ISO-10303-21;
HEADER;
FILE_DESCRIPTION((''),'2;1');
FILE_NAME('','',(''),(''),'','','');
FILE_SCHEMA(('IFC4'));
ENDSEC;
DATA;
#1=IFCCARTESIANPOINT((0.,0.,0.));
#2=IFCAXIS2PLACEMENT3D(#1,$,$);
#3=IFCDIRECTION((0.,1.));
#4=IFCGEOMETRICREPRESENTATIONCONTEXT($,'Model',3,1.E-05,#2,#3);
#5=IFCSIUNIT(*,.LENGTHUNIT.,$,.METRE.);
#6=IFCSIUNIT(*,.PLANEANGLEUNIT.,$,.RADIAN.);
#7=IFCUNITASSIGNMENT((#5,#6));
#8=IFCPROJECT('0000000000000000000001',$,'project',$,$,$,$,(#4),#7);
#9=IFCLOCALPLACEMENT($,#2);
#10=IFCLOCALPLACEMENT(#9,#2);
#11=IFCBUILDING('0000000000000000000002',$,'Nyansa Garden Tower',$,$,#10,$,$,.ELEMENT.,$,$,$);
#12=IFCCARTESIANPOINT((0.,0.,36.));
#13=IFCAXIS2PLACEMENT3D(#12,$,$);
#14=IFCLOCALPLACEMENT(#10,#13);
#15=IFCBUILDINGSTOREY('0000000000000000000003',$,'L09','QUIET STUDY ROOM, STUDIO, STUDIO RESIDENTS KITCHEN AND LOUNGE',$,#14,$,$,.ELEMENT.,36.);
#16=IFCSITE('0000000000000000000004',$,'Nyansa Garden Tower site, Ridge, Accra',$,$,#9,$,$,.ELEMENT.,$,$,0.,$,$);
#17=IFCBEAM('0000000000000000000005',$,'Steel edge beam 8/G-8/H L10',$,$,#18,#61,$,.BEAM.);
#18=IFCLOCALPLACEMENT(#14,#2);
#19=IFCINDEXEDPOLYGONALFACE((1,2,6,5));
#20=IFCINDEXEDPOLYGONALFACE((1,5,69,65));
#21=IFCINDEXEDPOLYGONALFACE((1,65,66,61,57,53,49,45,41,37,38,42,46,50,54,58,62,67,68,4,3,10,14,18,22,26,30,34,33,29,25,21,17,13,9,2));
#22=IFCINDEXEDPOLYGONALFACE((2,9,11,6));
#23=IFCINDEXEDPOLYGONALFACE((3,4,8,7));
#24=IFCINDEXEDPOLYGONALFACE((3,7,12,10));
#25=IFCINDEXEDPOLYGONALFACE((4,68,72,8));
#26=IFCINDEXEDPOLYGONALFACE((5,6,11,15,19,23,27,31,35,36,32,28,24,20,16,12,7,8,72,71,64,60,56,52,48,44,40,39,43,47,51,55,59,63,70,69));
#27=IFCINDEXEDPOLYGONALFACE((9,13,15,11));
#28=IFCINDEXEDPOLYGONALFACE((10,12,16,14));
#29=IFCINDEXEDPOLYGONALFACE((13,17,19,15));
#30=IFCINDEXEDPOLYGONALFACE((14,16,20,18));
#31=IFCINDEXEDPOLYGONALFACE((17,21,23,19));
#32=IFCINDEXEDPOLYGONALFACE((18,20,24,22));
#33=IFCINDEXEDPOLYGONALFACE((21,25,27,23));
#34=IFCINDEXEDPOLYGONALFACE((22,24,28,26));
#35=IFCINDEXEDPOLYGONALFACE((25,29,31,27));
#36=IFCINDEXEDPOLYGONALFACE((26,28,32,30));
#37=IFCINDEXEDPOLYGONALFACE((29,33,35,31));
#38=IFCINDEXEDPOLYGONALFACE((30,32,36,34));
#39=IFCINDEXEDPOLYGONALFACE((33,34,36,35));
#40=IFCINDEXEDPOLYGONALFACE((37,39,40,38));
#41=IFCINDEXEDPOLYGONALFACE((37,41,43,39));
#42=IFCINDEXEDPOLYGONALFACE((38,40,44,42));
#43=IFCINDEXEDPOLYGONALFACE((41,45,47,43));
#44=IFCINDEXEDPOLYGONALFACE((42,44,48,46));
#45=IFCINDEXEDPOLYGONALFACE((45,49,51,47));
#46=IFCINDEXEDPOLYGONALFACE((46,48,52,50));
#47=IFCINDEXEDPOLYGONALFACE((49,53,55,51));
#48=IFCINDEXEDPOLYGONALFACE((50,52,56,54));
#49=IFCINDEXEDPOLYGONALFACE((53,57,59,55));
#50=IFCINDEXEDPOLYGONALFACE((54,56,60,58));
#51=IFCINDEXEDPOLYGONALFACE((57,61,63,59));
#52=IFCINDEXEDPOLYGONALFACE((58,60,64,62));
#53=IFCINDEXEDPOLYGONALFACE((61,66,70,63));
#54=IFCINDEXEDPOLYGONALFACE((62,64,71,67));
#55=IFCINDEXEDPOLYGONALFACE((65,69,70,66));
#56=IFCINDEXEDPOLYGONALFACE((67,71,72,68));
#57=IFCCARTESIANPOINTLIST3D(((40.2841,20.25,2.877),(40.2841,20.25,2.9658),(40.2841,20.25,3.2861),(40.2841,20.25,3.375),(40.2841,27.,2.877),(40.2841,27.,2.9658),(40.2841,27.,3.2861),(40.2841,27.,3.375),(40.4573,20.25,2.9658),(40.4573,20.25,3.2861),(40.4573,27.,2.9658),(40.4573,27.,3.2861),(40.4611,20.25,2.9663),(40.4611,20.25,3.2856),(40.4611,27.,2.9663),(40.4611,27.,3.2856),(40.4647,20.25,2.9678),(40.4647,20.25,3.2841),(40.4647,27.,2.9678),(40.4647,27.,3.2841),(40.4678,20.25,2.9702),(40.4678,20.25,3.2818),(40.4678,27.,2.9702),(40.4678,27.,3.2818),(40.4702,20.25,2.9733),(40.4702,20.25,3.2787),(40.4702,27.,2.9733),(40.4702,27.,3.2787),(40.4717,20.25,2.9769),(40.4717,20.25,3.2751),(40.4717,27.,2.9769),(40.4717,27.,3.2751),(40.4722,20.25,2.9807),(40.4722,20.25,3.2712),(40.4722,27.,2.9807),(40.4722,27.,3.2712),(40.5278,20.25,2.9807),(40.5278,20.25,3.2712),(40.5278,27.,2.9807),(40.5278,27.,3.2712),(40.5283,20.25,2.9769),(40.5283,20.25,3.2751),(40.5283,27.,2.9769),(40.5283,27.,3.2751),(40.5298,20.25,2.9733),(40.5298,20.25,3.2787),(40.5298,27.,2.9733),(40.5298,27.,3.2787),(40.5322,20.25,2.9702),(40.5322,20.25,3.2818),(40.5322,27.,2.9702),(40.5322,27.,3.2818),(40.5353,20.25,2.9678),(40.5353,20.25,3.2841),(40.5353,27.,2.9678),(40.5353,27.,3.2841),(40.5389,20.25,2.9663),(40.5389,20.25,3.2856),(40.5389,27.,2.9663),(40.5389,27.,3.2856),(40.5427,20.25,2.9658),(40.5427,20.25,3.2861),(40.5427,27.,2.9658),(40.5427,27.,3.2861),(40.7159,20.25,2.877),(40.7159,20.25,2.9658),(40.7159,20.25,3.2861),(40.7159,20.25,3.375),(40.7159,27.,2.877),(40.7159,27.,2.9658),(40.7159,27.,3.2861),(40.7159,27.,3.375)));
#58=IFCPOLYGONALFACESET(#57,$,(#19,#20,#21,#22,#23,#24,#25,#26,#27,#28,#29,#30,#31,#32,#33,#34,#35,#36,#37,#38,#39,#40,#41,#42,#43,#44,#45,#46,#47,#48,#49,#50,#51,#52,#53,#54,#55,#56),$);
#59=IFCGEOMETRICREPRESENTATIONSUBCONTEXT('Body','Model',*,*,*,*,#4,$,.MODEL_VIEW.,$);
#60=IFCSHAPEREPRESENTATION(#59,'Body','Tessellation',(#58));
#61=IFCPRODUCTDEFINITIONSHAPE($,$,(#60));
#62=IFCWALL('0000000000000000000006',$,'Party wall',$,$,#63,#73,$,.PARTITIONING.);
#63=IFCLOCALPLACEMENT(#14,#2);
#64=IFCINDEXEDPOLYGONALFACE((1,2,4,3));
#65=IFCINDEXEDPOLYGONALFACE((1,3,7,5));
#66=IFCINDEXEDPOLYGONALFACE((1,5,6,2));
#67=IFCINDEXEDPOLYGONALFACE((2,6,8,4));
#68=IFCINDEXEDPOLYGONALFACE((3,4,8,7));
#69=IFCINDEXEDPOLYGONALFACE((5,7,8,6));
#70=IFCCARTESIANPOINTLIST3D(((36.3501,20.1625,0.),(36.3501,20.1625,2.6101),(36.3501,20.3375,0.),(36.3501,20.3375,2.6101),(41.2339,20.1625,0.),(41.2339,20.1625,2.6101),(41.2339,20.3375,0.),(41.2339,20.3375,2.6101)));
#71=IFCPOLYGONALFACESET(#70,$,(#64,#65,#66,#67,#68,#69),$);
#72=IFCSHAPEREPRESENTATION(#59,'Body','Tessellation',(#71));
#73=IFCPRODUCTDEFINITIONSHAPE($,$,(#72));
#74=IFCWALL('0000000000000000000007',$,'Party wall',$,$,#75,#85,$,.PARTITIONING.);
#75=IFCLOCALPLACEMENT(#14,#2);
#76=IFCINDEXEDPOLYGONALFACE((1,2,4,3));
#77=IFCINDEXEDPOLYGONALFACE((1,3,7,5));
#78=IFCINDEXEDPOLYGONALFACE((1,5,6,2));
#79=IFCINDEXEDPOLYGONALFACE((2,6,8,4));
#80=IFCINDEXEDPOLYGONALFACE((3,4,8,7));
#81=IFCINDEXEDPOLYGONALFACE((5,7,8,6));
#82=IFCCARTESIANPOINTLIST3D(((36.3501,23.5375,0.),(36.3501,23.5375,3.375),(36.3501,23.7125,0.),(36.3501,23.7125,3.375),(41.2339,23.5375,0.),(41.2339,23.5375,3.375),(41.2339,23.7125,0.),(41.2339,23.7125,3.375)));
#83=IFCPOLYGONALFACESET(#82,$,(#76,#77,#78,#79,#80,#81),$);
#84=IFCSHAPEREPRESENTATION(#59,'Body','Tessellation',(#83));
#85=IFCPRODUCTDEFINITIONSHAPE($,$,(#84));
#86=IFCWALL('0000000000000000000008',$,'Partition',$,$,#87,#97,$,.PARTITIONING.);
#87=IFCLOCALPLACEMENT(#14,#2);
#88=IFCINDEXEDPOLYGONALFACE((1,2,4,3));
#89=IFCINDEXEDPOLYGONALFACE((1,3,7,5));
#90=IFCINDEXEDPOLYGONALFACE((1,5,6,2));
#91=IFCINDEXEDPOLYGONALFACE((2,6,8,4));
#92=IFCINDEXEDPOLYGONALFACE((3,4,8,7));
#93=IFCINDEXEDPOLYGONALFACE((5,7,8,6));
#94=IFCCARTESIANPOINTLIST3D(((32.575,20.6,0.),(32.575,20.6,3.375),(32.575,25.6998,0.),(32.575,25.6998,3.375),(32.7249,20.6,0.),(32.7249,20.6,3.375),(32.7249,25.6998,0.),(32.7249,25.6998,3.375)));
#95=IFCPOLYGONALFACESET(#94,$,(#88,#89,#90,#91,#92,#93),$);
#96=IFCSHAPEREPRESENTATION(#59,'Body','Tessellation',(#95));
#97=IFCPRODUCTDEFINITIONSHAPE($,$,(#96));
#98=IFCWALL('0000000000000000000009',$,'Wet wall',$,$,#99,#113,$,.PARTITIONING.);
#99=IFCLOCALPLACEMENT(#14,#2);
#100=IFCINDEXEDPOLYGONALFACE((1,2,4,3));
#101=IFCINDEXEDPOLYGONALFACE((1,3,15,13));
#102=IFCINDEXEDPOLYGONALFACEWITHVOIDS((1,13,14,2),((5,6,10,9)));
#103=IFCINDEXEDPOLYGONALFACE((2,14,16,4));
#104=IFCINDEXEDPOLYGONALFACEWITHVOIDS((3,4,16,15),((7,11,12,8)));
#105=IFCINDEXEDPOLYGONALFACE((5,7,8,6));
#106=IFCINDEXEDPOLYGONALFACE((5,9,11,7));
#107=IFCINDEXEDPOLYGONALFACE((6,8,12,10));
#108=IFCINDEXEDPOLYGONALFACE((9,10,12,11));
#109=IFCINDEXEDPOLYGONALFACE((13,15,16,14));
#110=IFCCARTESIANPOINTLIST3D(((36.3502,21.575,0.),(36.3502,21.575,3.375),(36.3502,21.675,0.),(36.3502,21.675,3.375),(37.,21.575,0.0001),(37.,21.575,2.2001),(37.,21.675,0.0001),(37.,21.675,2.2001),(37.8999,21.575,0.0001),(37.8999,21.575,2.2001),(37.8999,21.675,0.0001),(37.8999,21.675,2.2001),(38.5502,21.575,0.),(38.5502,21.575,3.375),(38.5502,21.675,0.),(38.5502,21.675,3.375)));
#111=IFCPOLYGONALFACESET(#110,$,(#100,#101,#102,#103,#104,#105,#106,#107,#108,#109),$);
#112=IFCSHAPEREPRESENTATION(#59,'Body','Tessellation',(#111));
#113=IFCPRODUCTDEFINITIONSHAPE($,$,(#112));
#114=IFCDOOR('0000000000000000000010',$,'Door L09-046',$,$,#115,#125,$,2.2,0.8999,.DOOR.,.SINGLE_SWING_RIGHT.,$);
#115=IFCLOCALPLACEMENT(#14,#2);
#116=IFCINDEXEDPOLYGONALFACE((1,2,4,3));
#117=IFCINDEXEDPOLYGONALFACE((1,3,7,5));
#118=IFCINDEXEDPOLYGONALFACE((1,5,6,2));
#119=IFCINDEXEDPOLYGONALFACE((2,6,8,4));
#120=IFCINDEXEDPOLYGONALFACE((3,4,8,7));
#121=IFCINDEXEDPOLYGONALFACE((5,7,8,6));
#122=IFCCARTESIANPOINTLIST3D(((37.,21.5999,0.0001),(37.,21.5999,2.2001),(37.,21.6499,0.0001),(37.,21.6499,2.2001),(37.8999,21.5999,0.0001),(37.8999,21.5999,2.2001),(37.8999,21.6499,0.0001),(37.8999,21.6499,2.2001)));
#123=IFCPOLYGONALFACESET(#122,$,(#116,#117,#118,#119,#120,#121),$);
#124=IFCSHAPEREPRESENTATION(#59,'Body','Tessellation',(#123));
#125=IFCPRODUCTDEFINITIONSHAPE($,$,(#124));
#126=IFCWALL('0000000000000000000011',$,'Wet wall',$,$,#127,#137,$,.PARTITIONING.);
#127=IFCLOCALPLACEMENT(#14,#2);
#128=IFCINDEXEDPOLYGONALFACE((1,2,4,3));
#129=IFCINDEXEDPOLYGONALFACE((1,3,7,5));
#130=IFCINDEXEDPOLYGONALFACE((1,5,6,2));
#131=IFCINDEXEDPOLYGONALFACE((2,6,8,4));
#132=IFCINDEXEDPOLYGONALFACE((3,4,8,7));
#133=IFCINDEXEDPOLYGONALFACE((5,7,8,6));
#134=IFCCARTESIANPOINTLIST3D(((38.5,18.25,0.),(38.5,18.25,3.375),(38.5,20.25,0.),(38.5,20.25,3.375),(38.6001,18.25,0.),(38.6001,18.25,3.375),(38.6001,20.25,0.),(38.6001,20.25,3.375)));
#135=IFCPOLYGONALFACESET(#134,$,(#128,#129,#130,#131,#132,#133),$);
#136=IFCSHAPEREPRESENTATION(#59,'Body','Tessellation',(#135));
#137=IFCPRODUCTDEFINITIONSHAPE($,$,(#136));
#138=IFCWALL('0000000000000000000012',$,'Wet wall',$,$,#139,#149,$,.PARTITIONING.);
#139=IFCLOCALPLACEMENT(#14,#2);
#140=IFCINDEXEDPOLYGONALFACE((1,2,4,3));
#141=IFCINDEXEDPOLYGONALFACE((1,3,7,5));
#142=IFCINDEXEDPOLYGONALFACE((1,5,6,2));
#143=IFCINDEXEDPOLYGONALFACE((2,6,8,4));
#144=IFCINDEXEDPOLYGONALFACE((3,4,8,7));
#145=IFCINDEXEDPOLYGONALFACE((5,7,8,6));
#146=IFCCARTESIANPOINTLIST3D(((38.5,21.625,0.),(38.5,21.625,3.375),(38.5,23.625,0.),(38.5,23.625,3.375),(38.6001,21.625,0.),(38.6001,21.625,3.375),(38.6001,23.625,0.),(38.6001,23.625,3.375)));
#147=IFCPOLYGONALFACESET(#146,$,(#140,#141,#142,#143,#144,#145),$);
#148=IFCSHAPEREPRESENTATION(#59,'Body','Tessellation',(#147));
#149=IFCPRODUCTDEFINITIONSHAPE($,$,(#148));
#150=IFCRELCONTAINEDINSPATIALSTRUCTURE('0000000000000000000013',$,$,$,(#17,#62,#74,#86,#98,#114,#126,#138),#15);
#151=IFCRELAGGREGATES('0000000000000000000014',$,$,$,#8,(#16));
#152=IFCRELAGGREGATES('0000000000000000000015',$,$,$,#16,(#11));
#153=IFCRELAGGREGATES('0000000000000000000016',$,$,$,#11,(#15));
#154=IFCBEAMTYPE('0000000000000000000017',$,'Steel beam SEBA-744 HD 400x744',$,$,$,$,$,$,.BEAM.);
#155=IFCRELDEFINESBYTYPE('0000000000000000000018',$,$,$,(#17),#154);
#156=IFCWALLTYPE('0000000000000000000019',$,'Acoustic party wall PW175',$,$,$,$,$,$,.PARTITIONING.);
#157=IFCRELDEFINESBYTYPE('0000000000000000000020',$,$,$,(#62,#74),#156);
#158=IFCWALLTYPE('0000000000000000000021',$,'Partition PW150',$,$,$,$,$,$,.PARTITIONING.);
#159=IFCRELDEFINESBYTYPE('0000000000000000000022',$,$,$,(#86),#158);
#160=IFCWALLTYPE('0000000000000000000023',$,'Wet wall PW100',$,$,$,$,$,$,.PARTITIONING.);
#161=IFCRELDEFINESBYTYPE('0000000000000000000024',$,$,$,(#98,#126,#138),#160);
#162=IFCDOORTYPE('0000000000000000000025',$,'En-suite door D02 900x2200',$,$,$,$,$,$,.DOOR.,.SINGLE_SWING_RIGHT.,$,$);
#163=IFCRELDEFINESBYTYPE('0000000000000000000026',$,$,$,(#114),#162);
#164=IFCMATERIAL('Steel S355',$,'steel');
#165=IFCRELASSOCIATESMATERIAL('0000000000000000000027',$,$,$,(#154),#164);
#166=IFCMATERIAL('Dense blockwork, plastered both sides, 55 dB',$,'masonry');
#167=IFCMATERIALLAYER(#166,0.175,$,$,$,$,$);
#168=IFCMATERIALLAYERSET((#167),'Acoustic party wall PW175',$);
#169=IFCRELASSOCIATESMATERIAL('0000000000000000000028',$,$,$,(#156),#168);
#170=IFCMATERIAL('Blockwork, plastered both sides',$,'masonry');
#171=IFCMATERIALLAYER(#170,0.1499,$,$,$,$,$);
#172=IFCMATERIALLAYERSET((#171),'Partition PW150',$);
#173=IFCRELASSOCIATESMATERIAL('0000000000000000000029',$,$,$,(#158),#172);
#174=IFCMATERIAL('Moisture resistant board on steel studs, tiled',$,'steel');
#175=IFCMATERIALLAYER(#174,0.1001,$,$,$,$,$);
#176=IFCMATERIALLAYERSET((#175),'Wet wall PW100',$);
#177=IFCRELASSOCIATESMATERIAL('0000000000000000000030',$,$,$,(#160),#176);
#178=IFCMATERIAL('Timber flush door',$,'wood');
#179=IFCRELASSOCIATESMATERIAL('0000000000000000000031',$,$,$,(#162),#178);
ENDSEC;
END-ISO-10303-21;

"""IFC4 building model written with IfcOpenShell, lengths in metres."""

from ifc_helpers import new_model, si_unit, direction, frame, frame_2d, origin, origin_2d, place, context, subcontext, project, spatial, rectangle, i_section, extrude, material, layer, layer_set, material_profile, profile_set, type_object, element, fill, save


model = new_model("IFC4")

# Units and contexts
model_context = context("Model", 3, precision=1e-05, world=origin(), true_north=direction((0.0, 1.0)))
body_context = subcontext(model_context, "Body", "Model", "MODEL_VIEW")
ifc_project = project(units=[si_unit("LENGTHUNIT", "METRE"), si_unit("PLANEANGLEUNIT", "RADIAN")], contexts=[model_context])

# Site, building, storey
site_placement = place(None, origin())
site = spatial("IfcSite", under=ifc_project, at=site_placement, Name="Nyansa Garden Tower site, Ridge, Accra", CompositionType="ELEMENT", RefElevation=0.0)
building_placement = place(site_placement, origin())
building = spatial("IfcBuilding", under=site, at=building_placement, Name="Nyansa Garden Tower", CompositionType="ELEMENT")
storey_placement = place(building_placement, frame((0.0, 0.0, 36.0)))
storey = spatial("IfcBuildingStorey", under=building, at=storey_placement, Name="L09", Description="QUIET STUDY ROOM, STUDIO, STUDIO RESIDENTS KITCHEN AND LOUNGE", CompositionType="ELEMENT", Elevation=36.0)

# Beam
ifc_material_1 = material(Name="Steel S355", Category="steel")
ifc_material_profile_1 = material_profile(ifc_material_1, i_section(OverallWidth=0.4319, OverallDepth=0.498, WebThickness=0.0557, FlangeThickness=0.0889, FilletRadius=0.0149, at=origin_2d()), Name="HD 400x744")
ifc_profile_set_1 = profile_set([ifc_material_profile_1], Name="Steel S355")
beam_type_1 = type_object("IfcBeamType", Name="Steel beam SEBA-744 HD 400x744", PredefinedType="BEAM", material=ifc_profile_set_1)
beam_1_placement = place(storey_placement, frame((40.5, 20.25, 3.126), z_axis=(0.0, 1.0, 0.0), x_axis=(-1.0, 0.0, 0.0)))
element("IfcBeam", 1, at=beam_1_placement, inside=storey, type_object=beam_type_1, Name="Steel edge beam 8/G-8/H L10", PredefinedType="BEAM", context=body_context, shape_type="SweptSolid", body=[
    extrude(i_section(OverallWidth=0.4319, OverallDepth=0.498, WebThickness=0.0557, FlangeThickness=0.0889, FilletRadius=0.0149, at=origin_2d()), origin(), (0.0, 0.0, 1.0), 6.75),
])

# Walls
ifc_material_2 = material(Name="Dense blockwork, plastered both sides, 55 dB", Category="masonry")
ifc_layer_1 = layer(ifc_material_2, 0.175)
ifc_layer_set_1 = layer_set([ifc_layer_1], Name="Acoustic party wall PW175")
wall_type_1 = type_object("IfcWallType", Name="Acoustic party wall PW175", PredefinedType="PARTITIONING", material=ifc_layer_set_1)
wall_1_placement = place(storey_placement, frame((36.3501, 20.25, 0.0), z_axis=(0.0, 0.0, 1.0), x_axis=(1.0, 0.0, 0.0)))
element("IfcWall", 2, at=wall_1_placement, inside=storey, type_object=wall_type_1, Name="Party wall", PredefinedType="PARTITIONING", context=body_context, shape_type="SweptSolid", body=[
    extrude(rectangle(XDim=4.8838, YDim=0.175, at=frame_2d((2.4419, 0.0))), origin(), (0.0, 0.0, 1.0), 2.6101),
])
wall_2_placement = place(storey_placement, frame((36.3501, 23.625, 0.0), z_axis=(0.0, 0.0, 1.0), x_axis=(1.0, 0.0, 0.0)))
element("IfcWall", 3, at=wall_2_placement, inside=storey, type_object=wall_type_1, Name="Party wall", PredefinedType="PARTITIONING", context=body_context, shape_type="SweptSolid", body=[
    extrude(rectangle(XDim=4.8838, YDim=0.175, at=frame_2d((2.4419, 0.0))), origin(), (0.0, 0.0, 1.0), 3.375),
])
ifc_material_3 = material(Name="Blockwork, plastered both sides", Category="masonry")
ifc_layer_2 = layer(ifc_material_3, 0.1499)
ifc_layer_set_2 = layer_set([ifc_layer_2], Name="Partition PW150")
wall_type_2 = type_object("IfcWallType", Name="Partition PW150", PredefinedType="PARTITIONING", material=ifc_layer_set_2)
wall_3_placement = place(storey_placement, frame((32.6499, 20.6001, 0.0), z_axis=(0.0, 0.0, 1.0), x_axis=(0.0, 1.0, 0.0)))
element("IfcWall", 4, at=wall_3_placement, inside=storey, type_object=wall_type_2, Name="Partition", PredefinedType="PARTITIONING", context=body_context, shape_type="SweptSolid", body=[
    extrude(rectangle(XDim=5.0999, YDim=0.1499, at=frame_2d((2.5498, 0.0))), origin(), (0.0, 0.0, 1.0), 3.375),
])

# Wall, opening, door
ifc_material_4 = material(Name="Moisture resistant board on steel studs, tiled", Category="steel")
ifc_layer_3 = layer(ifc_material_4, 0.1001)
ifc_layer_set_3 = layer_set([ifc_layer_3], Name="Wet wall PW100")
wall_type_3 = type_object("IfcWallType", Name="Wet wall PW100", PredefinedType="PARTITIONING", material=ifc_layer_set_3)
wall_4_placement = place(storey_placement, frame((36.3501, 21.625, 0.0), z_axis=(0.0, 0.0, 1.0), x_axis=(1.0, 0.0, 0.0)))
wall_4 = element("IfcWall", 5, at=wall_4_placement, inside=storey, type_object=wall_type_3, Name="Wet wall", PredefinedType="PARTITIONING", context=body_context, shape_type="SweptSolid", body=[
    extrude(rectangle(XDim=2.2, YDim=0.1001, at=frame_2d((1.1001, 0.0))), origin(), (0.0, 0.0, 1.0), 3.375),
])
opening_placement = place(wall_4_placement, frame((0.6499, 0.0, 0.0)))
opening = element("IfcOpeningElement", 6, at=opening_placement, cuts=wall_4, PredefinedType="OPENING", context=body_context, shape_type="SweptSolid", body=[
    extrude(rectangle(XDim=0.8999, YDim=2.2, at=frame_2d((0.45, 1.1001))), frame((0.0, 0.0601, 0.0), z_axis=(0.0, -1.0, 0.0), x_axis=(1.0, 0.0, 0.0)), (0.0, 0.0, 1.0), 0.1201),
])
ifc_material_5 = material(Name="Timber flush door", Category="wood")
door_type = type_object("IfcDoorType", Name="En-suite door D02 900x2200", OperationType="SINGLE_SWING_RIGHT", PredefinedType="DOOR", material=ifc_material_5)
door_placement = place(opening_placement, origin())
door = element("IfcDoor", 7, at=door_placement, inside=storey, type_object=door_type, Name="Door L09-046", OperationType="SINGLE_SWING_RIGHT", OverallHeight=2.2, OverallWidth=0.8999, PredefinedType="DOOR", context=body_context, shape_type="SweptSolid", body=[
    extrude(rectangle(XDim=0.8999, YDim=2.2, at=frame_2d((0.45, 1.1001))), frame((0.0, 0.0249, 0.0), z_axis=(0.0, -1.0, 0.0), x_axis=(1.0, 0.0, 0.0)), (0.0, 0.0, 1.0), 0.05),
])
fill(opening, door)

# Walls
for number, where, z_axis, x_axis, name in (
    (8, (38.55, 18.25, 0.0), (0.0, 0.0, 1.0), (0.0, 1.0, 0.0), "Wet wall"),
    (9, (38.55, 21.625, 0.0), (0.0, 0.0, 1.0), (0.0, 1.0, 0.0), "Wet wall"),
):
    element("IfcWall", number, at=place(storey_placement, frame(where, z_axis=z_axis, x_axis=x_axis)), inside=storey, type_object=wall_type_3, Name=name, PredefinedType="PARTITIONING", context=body_context, shape_type="SweptSolid", body=[
        extrude(rectangle(XDim=2.0, YDim=0.1001, at=frame_2d((1.0, 0.0))), origin(), (0.0, 0.0, 1.0), 3.375),
    ])

save(model, "model.ifc")
